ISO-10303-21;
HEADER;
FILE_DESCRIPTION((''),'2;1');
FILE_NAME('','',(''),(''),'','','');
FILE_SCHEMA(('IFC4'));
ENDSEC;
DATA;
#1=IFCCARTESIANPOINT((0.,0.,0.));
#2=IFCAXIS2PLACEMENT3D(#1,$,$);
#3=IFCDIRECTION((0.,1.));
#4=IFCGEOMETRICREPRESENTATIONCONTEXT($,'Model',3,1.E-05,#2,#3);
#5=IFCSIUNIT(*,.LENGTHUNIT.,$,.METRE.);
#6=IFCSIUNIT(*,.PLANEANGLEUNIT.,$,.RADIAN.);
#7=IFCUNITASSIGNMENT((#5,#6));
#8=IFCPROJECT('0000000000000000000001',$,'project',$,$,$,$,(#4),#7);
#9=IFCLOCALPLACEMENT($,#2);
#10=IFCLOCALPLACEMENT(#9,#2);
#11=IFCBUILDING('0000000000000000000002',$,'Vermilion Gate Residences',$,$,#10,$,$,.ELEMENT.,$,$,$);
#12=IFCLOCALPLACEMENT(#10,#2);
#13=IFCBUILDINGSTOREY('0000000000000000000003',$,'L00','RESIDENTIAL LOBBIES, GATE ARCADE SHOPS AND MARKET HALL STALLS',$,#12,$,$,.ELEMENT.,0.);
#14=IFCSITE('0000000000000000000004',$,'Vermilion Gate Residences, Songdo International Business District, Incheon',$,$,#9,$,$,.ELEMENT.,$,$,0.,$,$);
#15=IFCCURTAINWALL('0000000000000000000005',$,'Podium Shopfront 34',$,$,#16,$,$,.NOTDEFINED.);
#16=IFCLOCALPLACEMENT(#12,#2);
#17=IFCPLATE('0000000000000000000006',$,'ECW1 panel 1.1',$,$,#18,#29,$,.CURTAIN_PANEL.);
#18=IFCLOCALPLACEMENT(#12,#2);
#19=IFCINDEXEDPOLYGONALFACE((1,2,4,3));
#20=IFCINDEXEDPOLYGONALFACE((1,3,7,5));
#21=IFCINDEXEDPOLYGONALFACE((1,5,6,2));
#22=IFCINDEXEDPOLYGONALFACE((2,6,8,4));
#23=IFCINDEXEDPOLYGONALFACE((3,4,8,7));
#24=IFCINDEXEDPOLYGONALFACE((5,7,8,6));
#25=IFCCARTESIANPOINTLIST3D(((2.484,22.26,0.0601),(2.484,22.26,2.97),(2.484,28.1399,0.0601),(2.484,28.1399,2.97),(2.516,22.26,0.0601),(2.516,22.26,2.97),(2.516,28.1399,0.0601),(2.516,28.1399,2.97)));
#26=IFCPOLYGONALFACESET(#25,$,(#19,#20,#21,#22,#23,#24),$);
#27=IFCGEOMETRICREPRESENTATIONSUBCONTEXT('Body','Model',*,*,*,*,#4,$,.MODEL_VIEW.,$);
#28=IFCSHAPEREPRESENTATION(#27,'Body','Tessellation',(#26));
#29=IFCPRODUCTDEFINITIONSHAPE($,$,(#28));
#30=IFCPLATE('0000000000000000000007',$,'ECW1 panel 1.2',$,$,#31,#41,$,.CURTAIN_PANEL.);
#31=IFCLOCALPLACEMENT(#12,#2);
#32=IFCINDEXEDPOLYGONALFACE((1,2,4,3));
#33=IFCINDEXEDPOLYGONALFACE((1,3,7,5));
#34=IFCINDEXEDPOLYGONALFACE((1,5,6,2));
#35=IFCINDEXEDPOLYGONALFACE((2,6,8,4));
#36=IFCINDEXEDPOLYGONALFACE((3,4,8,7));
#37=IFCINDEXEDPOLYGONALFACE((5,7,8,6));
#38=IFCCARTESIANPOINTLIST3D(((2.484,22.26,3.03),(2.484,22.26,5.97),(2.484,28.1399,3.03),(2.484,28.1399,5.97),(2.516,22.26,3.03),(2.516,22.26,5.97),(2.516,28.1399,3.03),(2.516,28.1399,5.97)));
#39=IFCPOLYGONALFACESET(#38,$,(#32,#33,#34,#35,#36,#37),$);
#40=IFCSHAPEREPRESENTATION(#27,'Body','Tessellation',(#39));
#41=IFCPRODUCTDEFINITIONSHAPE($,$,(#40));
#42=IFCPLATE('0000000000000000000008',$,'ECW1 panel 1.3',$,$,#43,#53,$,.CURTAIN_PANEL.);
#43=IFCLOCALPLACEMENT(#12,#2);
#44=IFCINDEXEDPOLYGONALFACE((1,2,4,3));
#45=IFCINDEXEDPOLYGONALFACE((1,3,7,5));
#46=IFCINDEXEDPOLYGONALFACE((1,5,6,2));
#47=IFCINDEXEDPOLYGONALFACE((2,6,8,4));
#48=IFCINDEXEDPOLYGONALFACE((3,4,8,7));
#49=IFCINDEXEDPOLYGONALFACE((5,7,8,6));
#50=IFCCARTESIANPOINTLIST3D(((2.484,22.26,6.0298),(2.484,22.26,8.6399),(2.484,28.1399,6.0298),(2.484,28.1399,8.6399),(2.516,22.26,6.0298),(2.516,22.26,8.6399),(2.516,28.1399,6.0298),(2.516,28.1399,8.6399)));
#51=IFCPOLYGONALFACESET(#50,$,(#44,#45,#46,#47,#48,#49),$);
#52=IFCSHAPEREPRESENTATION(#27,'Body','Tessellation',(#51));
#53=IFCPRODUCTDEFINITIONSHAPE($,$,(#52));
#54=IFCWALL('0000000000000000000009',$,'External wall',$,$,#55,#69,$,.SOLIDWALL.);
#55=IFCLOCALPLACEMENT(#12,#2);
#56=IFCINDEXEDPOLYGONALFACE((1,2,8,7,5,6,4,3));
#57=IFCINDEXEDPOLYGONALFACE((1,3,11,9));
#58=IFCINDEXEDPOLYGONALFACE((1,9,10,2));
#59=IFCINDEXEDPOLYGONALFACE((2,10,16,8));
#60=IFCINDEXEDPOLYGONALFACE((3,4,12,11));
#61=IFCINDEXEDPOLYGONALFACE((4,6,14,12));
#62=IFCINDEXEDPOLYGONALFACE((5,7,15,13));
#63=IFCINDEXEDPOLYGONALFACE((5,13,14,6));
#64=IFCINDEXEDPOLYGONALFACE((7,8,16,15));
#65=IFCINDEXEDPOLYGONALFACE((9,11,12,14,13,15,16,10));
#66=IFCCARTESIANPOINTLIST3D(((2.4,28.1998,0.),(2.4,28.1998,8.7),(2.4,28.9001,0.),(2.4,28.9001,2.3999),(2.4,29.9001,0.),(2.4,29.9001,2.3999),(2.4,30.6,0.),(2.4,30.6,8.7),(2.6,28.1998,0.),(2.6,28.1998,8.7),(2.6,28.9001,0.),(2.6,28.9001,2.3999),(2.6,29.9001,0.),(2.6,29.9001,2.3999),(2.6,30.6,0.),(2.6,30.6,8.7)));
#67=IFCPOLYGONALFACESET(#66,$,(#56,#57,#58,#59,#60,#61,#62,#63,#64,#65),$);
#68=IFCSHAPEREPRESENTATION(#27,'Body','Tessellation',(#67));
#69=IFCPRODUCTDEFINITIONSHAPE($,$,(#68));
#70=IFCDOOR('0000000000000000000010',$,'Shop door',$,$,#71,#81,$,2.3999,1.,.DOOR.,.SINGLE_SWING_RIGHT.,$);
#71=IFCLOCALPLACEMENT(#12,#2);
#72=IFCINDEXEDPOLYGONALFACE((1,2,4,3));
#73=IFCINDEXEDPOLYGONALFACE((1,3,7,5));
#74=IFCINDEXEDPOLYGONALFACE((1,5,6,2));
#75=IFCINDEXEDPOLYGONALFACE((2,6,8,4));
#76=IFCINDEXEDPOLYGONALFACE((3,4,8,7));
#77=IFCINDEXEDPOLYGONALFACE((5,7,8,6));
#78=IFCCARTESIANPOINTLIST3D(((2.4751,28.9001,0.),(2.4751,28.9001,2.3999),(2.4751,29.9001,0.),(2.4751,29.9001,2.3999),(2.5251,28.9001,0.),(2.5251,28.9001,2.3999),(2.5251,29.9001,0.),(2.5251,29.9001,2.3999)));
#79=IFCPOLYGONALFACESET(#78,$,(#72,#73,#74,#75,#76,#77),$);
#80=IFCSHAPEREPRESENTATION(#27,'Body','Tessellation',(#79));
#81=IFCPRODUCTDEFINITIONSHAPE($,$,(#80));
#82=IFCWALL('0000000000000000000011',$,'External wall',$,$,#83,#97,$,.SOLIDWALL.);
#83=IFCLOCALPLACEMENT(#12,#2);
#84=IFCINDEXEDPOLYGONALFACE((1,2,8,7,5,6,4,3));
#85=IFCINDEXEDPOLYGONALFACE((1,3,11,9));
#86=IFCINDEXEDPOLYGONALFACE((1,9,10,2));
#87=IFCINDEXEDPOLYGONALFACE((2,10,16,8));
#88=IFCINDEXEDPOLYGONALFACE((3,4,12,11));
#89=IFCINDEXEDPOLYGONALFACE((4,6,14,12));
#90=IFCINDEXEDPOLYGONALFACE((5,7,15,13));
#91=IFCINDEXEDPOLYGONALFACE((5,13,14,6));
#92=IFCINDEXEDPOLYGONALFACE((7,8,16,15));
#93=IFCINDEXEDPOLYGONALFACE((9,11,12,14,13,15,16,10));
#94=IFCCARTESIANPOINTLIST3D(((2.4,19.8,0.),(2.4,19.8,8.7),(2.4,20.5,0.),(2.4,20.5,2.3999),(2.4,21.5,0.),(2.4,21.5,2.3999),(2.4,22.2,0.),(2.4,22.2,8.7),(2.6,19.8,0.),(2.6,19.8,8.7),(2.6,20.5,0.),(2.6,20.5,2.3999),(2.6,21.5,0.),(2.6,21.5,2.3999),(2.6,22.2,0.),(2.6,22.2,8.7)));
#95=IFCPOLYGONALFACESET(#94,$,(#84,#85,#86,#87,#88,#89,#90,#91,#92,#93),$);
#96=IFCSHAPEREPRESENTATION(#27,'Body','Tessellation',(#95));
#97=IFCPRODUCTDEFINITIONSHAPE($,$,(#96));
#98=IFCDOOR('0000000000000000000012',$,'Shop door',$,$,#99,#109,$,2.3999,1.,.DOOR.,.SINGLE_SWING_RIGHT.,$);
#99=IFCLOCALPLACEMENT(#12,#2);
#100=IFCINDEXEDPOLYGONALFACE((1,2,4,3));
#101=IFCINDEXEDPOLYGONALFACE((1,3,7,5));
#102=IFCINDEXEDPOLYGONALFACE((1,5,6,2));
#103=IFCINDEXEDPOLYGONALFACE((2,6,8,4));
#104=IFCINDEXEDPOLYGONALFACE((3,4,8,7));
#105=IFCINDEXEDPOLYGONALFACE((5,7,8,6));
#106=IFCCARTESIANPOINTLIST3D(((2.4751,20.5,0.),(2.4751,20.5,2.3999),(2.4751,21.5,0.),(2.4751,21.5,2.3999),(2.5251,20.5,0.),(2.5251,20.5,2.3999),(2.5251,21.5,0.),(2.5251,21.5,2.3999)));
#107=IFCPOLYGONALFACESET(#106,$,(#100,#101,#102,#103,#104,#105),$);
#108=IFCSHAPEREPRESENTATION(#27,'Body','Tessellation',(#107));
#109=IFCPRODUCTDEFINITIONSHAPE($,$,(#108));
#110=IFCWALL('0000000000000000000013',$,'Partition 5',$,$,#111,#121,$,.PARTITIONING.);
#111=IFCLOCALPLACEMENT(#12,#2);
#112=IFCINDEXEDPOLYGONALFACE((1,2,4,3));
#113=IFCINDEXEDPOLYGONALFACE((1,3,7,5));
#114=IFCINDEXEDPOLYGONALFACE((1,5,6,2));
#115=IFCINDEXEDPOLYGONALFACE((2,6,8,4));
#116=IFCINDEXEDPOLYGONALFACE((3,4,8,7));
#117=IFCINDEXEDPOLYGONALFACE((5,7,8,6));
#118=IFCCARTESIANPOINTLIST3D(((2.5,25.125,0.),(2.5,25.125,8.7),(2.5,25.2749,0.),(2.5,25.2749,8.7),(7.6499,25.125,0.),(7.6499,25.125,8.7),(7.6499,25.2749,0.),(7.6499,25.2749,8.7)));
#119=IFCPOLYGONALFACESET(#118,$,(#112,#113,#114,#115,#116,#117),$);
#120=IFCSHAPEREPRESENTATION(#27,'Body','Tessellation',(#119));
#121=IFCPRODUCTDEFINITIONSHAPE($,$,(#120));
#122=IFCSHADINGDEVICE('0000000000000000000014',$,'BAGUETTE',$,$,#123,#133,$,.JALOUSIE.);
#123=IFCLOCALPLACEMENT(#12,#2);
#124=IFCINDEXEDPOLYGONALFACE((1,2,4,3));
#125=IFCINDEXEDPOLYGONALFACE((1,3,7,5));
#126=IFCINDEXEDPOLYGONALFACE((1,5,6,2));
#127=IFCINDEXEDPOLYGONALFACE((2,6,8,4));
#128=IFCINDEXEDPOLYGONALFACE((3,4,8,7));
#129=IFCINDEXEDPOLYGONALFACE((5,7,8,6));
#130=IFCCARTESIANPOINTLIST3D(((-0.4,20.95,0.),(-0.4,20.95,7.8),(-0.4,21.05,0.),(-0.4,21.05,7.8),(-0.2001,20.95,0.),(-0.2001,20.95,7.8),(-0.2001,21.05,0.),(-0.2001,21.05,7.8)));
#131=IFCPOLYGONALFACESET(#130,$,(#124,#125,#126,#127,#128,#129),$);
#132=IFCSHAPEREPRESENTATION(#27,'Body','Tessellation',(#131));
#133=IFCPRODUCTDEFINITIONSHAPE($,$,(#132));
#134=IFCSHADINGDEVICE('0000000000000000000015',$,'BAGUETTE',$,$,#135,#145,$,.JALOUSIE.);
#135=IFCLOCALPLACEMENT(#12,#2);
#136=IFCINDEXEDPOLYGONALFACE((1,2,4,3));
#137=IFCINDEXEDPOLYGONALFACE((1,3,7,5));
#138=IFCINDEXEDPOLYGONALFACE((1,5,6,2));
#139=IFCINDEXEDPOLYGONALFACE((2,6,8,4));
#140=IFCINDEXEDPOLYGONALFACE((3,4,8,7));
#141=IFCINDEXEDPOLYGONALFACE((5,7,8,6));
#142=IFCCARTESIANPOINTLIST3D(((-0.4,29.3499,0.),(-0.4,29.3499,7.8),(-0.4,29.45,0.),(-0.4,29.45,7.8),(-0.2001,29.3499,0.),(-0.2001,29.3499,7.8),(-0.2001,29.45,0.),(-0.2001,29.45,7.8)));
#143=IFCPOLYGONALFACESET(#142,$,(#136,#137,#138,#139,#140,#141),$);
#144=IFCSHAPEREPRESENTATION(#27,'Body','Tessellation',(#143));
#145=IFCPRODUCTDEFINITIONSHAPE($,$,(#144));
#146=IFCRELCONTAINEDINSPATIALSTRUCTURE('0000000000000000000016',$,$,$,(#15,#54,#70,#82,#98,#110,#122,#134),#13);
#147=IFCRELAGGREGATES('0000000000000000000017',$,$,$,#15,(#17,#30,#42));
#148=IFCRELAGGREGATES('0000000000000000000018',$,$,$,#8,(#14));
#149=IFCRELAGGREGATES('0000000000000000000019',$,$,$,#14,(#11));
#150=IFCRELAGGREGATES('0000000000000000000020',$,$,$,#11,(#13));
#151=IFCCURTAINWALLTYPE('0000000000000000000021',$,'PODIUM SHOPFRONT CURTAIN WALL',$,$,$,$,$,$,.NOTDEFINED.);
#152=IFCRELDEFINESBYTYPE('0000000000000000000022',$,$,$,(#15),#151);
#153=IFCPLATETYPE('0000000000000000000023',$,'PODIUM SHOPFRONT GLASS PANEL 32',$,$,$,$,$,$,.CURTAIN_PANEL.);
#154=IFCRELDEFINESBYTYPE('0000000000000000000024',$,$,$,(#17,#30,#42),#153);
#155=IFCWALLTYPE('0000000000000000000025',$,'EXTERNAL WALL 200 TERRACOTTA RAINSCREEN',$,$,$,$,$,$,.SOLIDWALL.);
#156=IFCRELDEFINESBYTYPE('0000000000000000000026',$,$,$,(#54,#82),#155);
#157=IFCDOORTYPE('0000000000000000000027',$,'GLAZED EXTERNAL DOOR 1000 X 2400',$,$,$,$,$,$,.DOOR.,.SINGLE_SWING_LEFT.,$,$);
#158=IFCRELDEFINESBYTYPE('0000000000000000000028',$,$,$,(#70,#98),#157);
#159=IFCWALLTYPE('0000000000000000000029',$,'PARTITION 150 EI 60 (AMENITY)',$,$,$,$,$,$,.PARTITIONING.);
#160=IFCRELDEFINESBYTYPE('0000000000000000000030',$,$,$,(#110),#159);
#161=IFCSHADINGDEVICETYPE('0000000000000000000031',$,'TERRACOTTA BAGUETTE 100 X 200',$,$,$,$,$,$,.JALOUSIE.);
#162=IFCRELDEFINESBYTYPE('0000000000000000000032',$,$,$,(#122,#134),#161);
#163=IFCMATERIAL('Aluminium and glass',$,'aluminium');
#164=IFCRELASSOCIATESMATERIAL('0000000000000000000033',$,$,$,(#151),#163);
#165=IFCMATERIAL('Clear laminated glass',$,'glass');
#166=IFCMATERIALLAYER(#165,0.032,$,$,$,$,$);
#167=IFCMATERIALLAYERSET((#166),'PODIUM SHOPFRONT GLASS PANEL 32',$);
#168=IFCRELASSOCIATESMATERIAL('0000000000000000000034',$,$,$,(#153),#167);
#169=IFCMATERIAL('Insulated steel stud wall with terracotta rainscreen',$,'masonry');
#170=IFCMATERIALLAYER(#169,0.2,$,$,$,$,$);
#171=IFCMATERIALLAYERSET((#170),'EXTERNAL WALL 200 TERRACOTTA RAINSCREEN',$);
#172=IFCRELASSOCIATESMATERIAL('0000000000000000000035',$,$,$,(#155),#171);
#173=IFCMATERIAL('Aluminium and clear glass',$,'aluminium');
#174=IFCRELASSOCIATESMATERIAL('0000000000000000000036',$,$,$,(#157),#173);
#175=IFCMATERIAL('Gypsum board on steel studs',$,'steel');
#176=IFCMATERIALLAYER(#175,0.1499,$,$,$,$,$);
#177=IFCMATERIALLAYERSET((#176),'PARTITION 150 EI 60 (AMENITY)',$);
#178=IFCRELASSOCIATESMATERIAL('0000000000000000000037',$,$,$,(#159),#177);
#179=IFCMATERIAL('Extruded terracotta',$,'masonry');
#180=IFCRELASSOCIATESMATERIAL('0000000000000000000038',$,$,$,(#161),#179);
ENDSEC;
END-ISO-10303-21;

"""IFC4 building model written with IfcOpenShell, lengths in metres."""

from ifc_helpers import new_model, si_unit, direction, frame, frame_2d, origin, origin_2d, place, context, subcontext, project, spatial, rectangle, extrude, material, layer, layer_set, material_profile, profile_set, type_object, element, fill, aggregate, save


model = new_model("IFC4")

# Units and contexts
model_context = context("Model", 3, precision=1e-05, world=origin(), true_north=direction((0.0, 1.0)))
body_context = subcontext(model_context, "Body", "Model", "MODEL_VIEW")
ifc_project = project(units=[si_unit("LENGTHUNIT", "METRE"), si_unit("PLANEANGLEUNIT", "RADIAN")], contexts=[model_context])

# Site, building, storey
site_placement = place(None, origin())
site = spatial("IfcSite", under=ifc_project, at=site_placement, Name="Vermilion Gate Residences, Songdo International Business District, Incheon", CompositionType="ELEMENT", RefElevation=0.0)
building_placement = place(site_placement, origin())
building = spatial("IfcBuilding", under=site, at=building_placement, Name="Vermilion Gate Residences", CompositionType="ELEMENT")
storey_placement = place(building_placement, origin())
storey = spatial("IfcBuildingStorey", under=building, at=storey_placement, Name="L00", Description="RESIDENTIAL LOBBIES, GATE ARCADE SHOPS AND MARKET HALL STALLS", CompositionType="ELEMENT", Elevation=0.0)

# Shared definitions
ifc_material_1 = material(Name="Aluminium and glass", Category="aluminium")
curtain_wall_type = type_object("IfcCurtainWallType", Name="PODIUM SHOPFRONT CURTAIN WALL", PredefinedType="NOTDEFINED", material=ifc_material_1)

# Curtain wall
curtain_wall_1_placement = place(storey_placement, origin())
curtain_wall_1 = element("IfcCurtainWall", 1, at=curtain_wall_1_placement, inside=storey, type_object=curtain_wall_type, Name="Podium Shopfront 34", PredefinedType="NOTDEFINED")

# Plates
ifc_material_2 = material(Name="Clear laminated glass", Category="glass")
ifc_layer_1 = layer(ifc_material_2, 0.032)
ifc_layer_set_1 = layer_set([ifc_layer_1], Name="PODIUM SHOPFRONT GLASS PANEL 32")
plate_type = type_object("IfcPlateType", Name="PODIUM SHOPFRONT GLASS PANEL 32", PredefinedType="CURTAIN_PANEL", material=ifc_layer_set_1)
plate_1_placement = place(storey_placement, frame((2.5, 25.2, 0.0601), z_axis=(0.0, 0.0, 1.0), x_axis=(0.0, -1.0, 0.0)))
plate_1 = element("IfcPlate", 2, at=plate_1_placement, type_object=plate_type, Name="ECW1 panel 1.1", PredefinedType="CURTAIN_PANEL", context=body_context, shape_type="SweptSolid", body=[
    extrude(rectangle(XDim=5.8799, YDim=0.032, at=origin_2d()), origin(), (0.0, 0.0, 1.0), 2.9099),
])
plate_2_placement = place(storey_placement, frame((2.5, 25.2, 3.03), z_axis=(0.0, 0.0, 1.0), x_axis=(0.0, -1.0, 0.0)))
plate_2 = element("IfcPlate", 3, at=plate_2_placement, type_object=plate_type, Name="ECW1 panel 1.2", PredefinedType="CURTAIN_PANEL", context=body_context, shape_type="SweptSolid", body=[
    extrude(rectangle(XDim=5.8799, YDim=0.032, at=origin_2d()), origin(), (0.0, 0.0, 1.0), 2.9399),
])
plate_3_placement = place(storey_placement, frame((2.5, 25.2, 6.0298), z_axis=(0.0, 0.0, 1.0), x_axis=(0.0, -1.0, 0.0)))
plate_3 = element("IfcPlate", 4, at=plate_3_placement, type_object=plate_type, Name="ECW1 panel 1.3", PredefinedType="CURTAIN_PANEL", context=body_context, shape_type="SweptSolid", body=[
    extrude(rectangle(XDim=5.8799, YDim=0.032, at=origin_2d()), origin(), (0.0, 0.0, 1.0), 2.6101),
])
aggregate(curtain_wall_1, [plate_1, plate_2, plate_3])

# Walls, openings, doors
ifc_material_3 = material(Name="Insulated steel stud wall with terracotta rainscreen", Category="masonry")
ifc_layer_2 = layer(ifc_material_3, 0.2)
ifc_layer_set_2 = layer_set([ifc_layer_2], Name="EXTERNAL WALL 200 TERRACOTTA RAINSCREEN")
wall_type_1 = type_object("IfcWallType", Name="EXTERNAL WALL 200 TERRACOTTA RAINSCREEN", PredefinedType="SOLIDWALL", material=ifc_layer_set_2)
wall_1_placement = place(storey_placement, frame((2.5, 30.6001, 0.0), z_axis=(0.0, 0.0, 1.0), x_axis=(0.0, -1.0, 0.0)))
wall_1 = element("IfcWall", 5, at=wall_1_placement, inside=storey, type_object=wall_type_1, Name="External wall", PredefinedType="SOLIDWALL", context=body_context, shape_type="SweptSolid", body=[
    extrude(rectangle(XDim=2.4001, YDim=0.2, at=frame_2d((1.2002, 0.0))), origin(), (0.0, 0.0, 1.0), 8.7),
])
opening_1_placement = place(wall_1_placement, frame((0.7, 0.0, 0.0)))
opening_1 = element("IfcOpeningElement", 6, at=opening_1_placement, cuts=wall_1, PredefinedType="OPENING", context=body_context, shape_type="SweptSolid", body=[
    extrude(rectangle(XDim=1.0, YDim=2.3999, at=frame_2d((0.5, 1.2))), frame((0.0, 0.1099, 0.0), z_axis=(0.0, -1.0, 0.0), x_axis=(1.0, 0.0, 0.0)), (0.0, 0.0, 1.0), 0.22),
])
ifc_material_4 = material(Name="Aluminium and clear glass", Category="aluminium")
door_type = type_object("IfcDoorType", Name="GLAZED EXTERNAL DOOR 1000 X 2400", OperationType="SINGLE_SWING_LEFT", PredefinedType="DOOR", material=ifc_material_4)
door_1_placement = place(opening_1_placement, frame((1.0, 0.0, 0.0), z_axis=(0.0, 0.0, 1.0), x_axis=(-1.0, 0.0, 0.0)))
door_1 = element("IfcDoor", 7, at=door_1_placement, inside=storey, type_object=door_type, Name="Shop door", OperationType="SINGLE_SWING_RIGHT", OverallHeight=2.3999, OverallWidth=1.0, PredefinedType="DOOR", context=body_context, shape_type="SweptSolid", body=[
    extrude(rectangle(XDim=1.0, YDim=2.3999, at=frame_2d((0.5, 1.2))), frame((0.0, 0.0249, 0.0), z_axis=(0.0, -1.0, 0.0), x_axis=(1.0, 0.0, 0.0)), (0.0, 0.0, 1.0), 0.05),
])
fill(opening_1, door_1)
wall_2_placement = place(storey_placement, frame((2.5, 22.2, 0.0), z_axis=(0.0, 0.0, 1.0), x_axis=(0.0, -1.0, 0.0)))
wall_2 = element("IfcWall", 8, at=wall_2_placement, inside=storey, type_object=wall_type_1, Name="External wall", PredefinedType="SOLIDWALL", context=body_context, shape_type="SweptSolid", body=[
    extrude(rectangle(XDim=2.3999, YDim=0.2, at=frame_2d((1.2, 0.0))), origin(), (0.0, 0.0, 1.0), 8.7),
])
opening_2_placement = place(wall_2_placement, frame((0.7, 0.0, 0.0)))
opening_2 = element("IfcOpeningElement", 9, at=opening_2_placement, cuts=wall_2, PredefinedType="OPENING", context=body_context, shape_type="SweptSolid", body=[
    extrude(rectangle(XDim=1.0, YDim=2.3999, at=frame_2d((0.5, 1.2))), frame((0.0, 0.1099, 0.0), z_axis=(0.0, -1.0, 0.0), x_axis=(1.0, 0.0, 0.0)), (0.0, 0.0, 1.0), 0.22),
])
door_2_placement = place(opening_2_placement, frame((1.0, 0.0, 0.0), z_axis=(0.0, 0.0, 1.0), x_axis=(-1.0, 0.0, 0.0)))
door_2 = element("IfcDoor", 10, at=door_2_placement, inside=storey, type_object=door_type, Name="Shop door", OperationType="SINGLE_SWING_RIGHT", OverallHeight=2.3999, OverallWidth=1.0, PredefinedType="DOOR", context=body_context, shape_type="SweptSolid", body=[
    extrude(rectangle(XDim=1.0, YDim=2.3999, at=frame_2d((0.5, 1.2))), frame((0.0, 0.0249, 0.0), z_axis=(0.0, -1.0, 0.0), x_axis=(1.0, 0.0, 0.0)), (0.0, 0.0, 1.0), 0.05),
])
fill(opening_2, door_2)

# Wall
ifc_material_5 = material(Name="Gypsum board on steel studs", Category="steel")
ifc_layer_3 = layer(ifc_material_5, 0.1499)
ifc_layer_set_3 = layer_set([ifc_layer_3], Name="PARTITION 150 EI 60 (AMENITY)")
wall_type_2 = type_object("IfcWallType", Name="PARTITION 150 EI 60 (AMENITY)", PredefinedType="PARTITIONING", material=ifc_layer_set_3)
wall_3_placement = place(storey_placement, frame((2.5, 25.2, 0.0), z_axis=(0.0, 0.0, 1.0), x_axis=(1.0, 0.0, 0.0)))
element("IfcWall", 11, at=wall_3_placement, inside=storey, type_object=wall_type_2, Name="Partition 5", PredefinedType="PARTITIONING", context=body_context, shape_type="SweptSolid", body=[
    extrude(rectangle(XDim=5.1499, YDim=0.1499, at=frame_2d((2.575, 0.0))), origin(), (0.0, 0.0, 1.0), 8.7),
])

# Shading devices
ifc_material_6 = material(Name="Extruded terracotta", Category="masonry")
ifc_material_profile_1 = material_profile(ifc_material_6, rectangle(XDim=0.2, YDim=0.1001, at=origin_2d()), Name="BAGUETTE 100 X 200")
ifc_profile_set_1 = profile_set([ifc_material_profile_1], Name="Extruded terracotta")
shading_device_type = type_object("IfcShadingDeviceType", Name="TERRACOTTA BAGUETTE 100 X 200", PredefinedType="JALOUSIE", material=ifc_profile_set_1)
for number, where, z_axis, x_axis, name in (
    (12, (-0.3, 21.0, 0.0), (0.0, 0.0, 1.0), (1.0, 0.0, 0.0), "BAGUETTE"),
    (13, (-0.3, 29.3999, 0.0), (0.0, 0.0, 1.0), (1.0, 0.0, 0.0), "BAGUETTE"),
):
    element("IfcShadingDevice", number, at=place(storey_placement, frame(where, z_axis=z_axis, x_axis=x_axis)), inside=storey, type_object=shading_device_type, Name=name, PredefinedType="JALOUSIE", context=body_context, shape_type="SweptSolid", body=[
        extrude(rectangle(XDim=0.2, YDim=0.1001, at=origin_2d()), origin(), (0.0, 0.0, 1.0), 7.8),
    ])

save(model, "model.ifc")
